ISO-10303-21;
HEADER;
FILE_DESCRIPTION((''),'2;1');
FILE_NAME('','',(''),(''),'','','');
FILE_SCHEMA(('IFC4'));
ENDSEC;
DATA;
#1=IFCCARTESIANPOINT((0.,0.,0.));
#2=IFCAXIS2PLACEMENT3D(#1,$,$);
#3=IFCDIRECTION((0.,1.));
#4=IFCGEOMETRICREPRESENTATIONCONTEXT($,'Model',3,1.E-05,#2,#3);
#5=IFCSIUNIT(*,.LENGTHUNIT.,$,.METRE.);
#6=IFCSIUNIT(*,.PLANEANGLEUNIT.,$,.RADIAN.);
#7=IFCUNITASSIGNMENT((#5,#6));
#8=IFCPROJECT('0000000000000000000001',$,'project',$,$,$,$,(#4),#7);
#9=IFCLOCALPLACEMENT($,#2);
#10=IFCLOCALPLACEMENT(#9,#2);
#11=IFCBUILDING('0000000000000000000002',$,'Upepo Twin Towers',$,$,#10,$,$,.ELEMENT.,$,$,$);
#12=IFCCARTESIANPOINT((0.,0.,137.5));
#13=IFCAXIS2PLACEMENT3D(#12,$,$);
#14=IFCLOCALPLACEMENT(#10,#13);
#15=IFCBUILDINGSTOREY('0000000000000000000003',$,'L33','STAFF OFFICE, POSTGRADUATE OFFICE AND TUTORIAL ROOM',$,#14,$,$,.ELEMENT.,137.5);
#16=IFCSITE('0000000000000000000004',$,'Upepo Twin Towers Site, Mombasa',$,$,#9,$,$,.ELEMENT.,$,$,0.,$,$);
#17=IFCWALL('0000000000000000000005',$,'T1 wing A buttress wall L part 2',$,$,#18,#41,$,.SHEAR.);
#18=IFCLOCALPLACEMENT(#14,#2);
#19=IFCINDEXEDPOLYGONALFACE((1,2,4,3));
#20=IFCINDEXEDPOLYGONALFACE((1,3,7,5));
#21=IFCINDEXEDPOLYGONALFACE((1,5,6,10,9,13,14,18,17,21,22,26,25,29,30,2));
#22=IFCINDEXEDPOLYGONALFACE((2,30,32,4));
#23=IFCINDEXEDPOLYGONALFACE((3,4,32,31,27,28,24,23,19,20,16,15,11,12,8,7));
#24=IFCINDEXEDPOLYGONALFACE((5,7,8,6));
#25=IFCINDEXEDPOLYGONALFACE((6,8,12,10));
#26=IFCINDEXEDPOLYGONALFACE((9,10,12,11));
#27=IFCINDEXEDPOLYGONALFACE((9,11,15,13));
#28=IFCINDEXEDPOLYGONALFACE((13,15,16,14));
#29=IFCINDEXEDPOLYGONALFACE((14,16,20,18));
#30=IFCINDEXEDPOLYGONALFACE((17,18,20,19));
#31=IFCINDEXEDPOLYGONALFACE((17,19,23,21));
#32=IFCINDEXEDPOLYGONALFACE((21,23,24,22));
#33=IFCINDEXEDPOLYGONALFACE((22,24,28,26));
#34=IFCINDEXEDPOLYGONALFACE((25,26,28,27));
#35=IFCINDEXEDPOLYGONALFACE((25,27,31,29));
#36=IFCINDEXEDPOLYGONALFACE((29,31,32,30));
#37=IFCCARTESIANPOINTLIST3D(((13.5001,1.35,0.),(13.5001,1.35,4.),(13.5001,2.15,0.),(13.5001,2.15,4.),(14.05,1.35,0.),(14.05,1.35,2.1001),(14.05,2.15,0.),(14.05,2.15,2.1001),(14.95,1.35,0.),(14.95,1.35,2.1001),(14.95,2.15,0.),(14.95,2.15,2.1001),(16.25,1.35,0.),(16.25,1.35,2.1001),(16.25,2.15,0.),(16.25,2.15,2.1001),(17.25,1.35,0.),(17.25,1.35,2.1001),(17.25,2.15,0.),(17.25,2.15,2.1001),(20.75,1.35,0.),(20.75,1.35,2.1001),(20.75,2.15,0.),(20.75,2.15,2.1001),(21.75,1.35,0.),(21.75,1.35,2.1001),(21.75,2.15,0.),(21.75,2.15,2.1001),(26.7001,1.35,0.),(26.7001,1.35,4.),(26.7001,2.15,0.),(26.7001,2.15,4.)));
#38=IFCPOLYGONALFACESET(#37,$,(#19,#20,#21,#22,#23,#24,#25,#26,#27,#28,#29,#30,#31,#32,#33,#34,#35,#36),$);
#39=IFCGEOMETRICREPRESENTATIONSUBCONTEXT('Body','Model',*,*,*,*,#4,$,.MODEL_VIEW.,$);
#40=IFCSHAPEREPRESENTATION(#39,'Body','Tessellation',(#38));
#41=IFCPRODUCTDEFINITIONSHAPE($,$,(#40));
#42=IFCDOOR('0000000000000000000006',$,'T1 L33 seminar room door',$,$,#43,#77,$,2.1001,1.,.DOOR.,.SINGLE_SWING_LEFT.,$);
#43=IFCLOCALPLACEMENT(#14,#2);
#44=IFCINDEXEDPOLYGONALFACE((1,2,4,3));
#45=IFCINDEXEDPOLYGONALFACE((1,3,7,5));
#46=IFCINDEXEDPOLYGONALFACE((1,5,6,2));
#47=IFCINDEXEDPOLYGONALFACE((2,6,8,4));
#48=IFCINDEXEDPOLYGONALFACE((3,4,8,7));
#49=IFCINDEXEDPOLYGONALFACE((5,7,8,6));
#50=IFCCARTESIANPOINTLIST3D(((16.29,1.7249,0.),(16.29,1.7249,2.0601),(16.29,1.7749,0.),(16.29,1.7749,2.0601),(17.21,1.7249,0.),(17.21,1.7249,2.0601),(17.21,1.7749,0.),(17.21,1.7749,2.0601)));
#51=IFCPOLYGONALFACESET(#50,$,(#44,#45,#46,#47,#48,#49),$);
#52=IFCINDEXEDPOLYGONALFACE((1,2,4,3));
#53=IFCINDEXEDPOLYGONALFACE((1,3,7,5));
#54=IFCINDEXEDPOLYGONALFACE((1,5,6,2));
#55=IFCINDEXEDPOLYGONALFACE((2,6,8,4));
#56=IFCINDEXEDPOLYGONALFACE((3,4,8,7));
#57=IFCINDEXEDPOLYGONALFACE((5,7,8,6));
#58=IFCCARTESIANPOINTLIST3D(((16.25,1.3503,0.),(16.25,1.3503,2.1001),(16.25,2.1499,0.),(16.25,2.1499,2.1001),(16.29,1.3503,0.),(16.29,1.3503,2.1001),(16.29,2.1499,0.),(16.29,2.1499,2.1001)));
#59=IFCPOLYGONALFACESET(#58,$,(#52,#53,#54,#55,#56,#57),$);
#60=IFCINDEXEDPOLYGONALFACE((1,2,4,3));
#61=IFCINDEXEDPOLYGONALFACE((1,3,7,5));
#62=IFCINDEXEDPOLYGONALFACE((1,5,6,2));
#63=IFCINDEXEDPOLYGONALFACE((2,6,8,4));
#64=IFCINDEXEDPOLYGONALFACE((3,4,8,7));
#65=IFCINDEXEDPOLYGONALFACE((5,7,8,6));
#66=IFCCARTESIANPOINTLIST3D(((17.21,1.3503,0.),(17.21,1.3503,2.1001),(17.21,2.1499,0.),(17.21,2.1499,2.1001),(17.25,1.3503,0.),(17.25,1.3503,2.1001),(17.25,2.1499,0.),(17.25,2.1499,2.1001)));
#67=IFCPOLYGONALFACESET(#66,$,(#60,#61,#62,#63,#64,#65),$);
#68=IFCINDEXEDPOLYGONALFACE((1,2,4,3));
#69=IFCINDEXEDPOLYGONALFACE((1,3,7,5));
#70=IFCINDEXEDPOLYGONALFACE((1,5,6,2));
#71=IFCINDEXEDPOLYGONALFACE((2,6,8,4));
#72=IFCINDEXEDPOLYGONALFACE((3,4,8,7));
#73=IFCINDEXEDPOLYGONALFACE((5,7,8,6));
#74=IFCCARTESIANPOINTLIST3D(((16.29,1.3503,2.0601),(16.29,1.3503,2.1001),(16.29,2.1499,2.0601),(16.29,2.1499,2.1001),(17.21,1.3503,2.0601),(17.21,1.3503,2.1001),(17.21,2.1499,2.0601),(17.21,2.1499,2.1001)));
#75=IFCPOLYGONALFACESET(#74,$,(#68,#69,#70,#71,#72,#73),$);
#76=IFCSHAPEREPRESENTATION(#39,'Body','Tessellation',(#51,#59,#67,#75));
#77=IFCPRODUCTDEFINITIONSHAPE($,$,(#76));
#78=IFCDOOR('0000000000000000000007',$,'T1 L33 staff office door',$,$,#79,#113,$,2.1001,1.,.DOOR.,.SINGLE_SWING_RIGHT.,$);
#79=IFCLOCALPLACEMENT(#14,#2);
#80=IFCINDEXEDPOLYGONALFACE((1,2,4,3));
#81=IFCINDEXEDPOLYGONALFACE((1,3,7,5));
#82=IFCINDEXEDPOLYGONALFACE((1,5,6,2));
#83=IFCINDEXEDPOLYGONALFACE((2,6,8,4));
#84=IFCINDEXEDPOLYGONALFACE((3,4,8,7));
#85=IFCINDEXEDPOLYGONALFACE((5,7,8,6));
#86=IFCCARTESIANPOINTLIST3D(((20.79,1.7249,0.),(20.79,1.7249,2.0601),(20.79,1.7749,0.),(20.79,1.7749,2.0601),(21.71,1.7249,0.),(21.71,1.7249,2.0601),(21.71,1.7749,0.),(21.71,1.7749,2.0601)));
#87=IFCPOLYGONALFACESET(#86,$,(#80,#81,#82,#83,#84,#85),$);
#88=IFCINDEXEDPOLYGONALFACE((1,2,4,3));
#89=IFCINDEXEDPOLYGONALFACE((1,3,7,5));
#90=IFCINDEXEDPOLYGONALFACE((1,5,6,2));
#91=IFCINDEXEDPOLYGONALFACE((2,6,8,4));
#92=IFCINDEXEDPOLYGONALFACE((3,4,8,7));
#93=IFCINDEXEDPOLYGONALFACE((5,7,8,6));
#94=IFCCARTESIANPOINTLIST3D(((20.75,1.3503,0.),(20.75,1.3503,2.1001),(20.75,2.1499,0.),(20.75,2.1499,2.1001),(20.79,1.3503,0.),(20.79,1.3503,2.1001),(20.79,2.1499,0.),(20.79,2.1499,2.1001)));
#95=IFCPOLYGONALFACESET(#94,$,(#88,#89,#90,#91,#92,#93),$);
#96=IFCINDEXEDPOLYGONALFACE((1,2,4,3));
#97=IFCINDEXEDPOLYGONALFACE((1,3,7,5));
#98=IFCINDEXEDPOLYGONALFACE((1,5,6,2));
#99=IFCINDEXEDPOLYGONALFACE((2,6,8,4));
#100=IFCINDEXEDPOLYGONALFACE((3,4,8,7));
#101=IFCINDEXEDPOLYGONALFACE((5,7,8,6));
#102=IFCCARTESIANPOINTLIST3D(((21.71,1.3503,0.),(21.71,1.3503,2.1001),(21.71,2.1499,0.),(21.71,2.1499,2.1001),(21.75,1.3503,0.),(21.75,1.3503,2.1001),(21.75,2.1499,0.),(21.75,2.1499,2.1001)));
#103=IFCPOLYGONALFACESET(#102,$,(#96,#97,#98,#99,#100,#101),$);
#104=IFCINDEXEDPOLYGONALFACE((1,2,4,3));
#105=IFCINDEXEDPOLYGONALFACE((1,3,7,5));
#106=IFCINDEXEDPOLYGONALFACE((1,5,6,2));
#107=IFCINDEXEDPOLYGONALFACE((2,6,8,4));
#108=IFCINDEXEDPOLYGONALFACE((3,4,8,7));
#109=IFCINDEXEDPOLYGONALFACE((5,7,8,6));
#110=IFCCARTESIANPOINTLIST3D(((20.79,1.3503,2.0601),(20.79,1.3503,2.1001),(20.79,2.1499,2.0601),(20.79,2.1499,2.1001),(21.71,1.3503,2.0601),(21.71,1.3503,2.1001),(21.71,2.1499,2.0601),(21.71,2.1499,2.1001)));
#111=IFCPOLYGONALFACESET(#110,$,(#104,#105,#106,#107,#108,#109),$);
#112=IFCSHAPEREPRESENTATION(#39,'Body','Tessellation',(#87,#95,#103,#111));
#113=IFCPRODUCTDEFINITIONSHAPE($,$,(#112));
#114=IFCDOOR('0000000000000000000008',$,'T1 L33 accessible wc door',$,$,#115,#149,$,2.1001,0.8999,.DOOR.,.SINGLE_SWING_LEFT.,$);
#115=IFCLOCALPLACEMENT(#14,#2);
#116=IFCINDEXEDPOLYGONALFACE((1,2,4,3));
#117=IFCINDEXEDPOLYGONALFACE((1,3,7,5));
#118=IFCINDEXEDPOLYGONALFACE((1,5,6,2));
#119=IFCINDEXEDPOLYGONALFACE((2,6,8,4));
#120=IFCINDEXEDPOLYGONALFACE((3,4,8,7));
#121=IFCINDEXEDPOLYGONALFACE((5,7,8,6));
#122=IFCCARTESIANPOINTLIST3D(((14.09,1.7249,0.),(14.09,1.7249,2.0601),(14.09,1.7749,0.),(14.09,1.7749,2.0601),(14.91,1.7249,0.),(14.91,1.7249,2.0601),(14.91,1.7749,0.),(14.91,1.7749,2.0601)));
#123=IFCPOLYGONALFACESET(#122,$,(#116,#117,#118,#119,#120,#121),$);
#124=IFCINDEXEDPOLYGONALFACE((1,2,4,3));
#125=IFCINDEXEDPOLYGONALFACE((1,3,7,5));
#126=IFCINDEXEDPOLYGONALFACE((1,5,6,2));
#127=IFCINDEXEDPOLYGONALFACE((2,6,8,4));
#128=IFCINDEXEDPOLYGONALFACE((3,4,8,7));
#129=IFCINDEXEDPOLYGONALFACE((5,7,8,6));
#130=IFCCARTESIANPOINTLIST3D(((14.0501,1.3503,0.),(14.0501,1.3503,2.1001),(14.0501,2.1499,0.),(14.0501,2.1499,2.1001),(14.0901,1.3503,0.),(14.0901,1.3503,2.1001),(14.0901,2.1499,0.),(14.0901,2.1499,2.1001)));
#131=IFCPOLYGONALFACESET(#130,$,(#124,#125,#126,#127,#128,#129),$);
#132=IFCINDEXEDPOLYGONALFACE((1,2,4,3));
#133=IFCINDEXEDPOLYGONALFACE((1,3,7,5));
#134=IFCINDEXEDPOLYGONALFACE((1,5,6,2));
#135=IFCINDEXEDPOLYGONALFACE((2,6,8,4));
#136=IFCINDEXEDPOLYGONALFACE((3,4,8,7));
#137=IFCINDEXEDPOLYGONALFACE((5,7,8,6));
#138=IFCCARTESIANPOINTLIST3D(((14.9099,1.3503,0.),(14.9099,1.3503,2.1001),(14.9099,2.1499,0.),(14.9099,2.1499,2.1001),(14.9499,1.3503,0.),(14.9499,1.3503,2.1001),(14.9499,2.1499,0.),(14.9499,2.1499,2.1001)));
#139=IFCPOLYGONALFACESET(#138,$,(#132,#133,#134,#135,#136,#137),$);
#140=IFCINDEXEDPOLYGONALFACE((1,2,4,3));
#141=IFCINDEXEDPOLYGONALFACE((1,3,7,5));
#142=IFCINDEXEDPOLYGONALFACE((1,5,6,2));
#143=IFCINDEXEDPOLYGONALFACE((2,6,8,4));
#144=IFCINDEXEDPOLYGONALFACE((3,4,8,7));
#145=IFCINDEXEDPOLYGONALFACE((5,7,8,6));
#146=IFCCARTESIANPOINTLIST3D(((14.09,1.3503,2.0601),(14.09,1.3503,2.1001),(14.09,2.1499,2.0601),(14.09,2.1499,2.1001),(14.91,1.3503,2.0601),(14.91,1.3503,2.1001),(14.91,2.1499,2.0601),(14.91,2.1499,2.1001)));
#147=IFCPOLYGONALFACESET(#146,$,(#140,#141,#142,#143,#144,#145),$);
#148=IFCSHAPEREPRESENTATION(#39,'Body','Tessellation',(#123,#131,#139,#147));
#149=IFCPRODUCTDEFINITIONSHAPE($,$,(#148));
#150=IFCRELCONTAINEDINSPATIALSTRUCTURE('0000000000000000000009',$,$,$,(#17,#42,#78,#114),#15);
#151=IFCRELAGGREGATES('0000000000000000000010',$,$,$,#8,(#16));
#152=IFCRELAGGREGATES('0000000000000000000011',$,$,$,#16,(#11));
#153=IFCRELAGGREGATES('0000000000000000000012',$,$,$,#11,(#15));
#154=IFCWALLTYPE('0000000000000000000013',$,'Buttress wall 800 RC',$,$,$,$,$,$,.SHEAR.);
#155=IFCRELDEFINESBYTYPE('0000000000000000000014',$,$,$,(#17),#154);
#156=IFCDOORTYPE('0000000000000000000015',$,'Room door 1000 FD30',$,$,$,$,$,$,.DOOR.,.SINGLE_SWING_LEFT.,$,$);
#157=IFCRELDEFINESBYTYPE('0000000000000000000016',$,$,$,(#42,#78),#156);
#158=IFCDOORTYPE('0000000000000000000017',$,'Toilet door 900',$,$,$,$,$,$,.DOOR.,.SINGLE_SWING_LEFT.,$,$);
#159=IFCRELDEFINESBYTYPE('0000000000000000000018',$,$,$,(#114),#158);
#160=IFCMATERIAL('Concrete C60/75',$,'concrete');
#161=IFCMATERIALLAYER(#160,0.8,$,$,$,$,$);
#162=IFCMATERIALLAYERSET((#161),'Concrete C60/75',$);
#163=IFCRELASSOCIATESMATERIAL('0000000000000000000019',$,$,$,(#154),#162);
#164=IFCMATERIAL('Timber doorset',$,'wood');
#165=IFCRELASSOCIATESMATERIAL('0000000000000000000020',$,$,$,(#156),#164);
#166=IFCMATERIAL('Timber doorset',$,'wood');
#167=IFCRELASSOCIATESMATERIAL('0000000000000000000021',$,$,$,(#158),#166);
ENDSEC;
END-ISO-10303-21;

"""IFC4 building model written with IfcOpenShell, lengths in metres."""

from ifc_helpers import new_model, si_unit, direction, frame, frame_2d, origin, place, context, subcontext, project, spatial, rectangle, extrude, material, layer, layer_set, type_object, element, fill, save


model = new_model("IFC4")

# Units and contexts
model_context = context("Model", 3, precision=1e-05, world=origin(), true_north=direction((0.0, 1.0)))
body_context = subcontext(model_context, "Body", "Model", "MODEL_VIEW")
ifc_project = project(units=[si_unit("LENGTHUNIT", "METRE"), si_unit("PLANEANGLEUNIT", "RADIAN")], contexts=[model_context])

# Site, building, storey
site_placement = place(None, origin())
site = spatial("IfcSite", under=ifc_project, at=site_placement, Name="Upepo Twin Towers Site, Mombasa", CompositionType="ELEMENT", RefElevation=0.0)
building_placement = place(site_placement, origin())
building = spatial("IfcBuilding", under=site, at=building_placement, Name="Upepo Twin Towers", CompositionType="ELEMENT")
storey_placement = place(building_placement, frame((0.0, 0.0, 137.5)))
storey = spatial("IfcBuildingStorey", under=building, at=storey_placement, Name="L33", Description="STAFF OFFICE, POSTGRADUATE OFFICE AND TUTORIAL ROOM", CompositionType="ELEMENT", Elevation=137.5)

# Wall, openings, doors
ifc_material_1 = material(Name="Concrete C60/75", Category="concrete")
ifc_layer_1 = layer(ifc_material_1, 0.8)
ifc_layer_set_1 = layer_set([ifc_layer_1], Name="Concrete C60/75")
wall_type_1 = type_object("IfcWallType", Name="Buttress wall 800 RC", PredefinedType="SHEAR", material=ifc_layer_set_1)
wall_1_placement = place(storey_placement, frame((13.5, 1.75, 0.0), z_axis=(0.0, 0.0, 1.0), x_axis=(1.0, 0.0, 0.0)))
wall_1 = element("IfcWall", 1, at=wall_1_placement, inside=storey, type_object=wall_type_1, Name="T1 wing A buttress wall L part 2", PredefinedType="SHEAR", context=body_context, shape_type="SweptSolid", body=[
    extrude(rectangle(XDim=13.2, YDim=0.8, at=frame_2d((6.6001, 0.0))), origin(), (0.0, 0.0, 1.0), 4.0),
])
opening_1_placement = place(wall_1_placement, frame((0.55, 0.0, 0.0)))
opening_1 = element("IfcOpeningElement", 2, at=opening_1_placement, cuts=wall_1, PredefinedType="OPENING", context=body_context, shape_type="SweptSolid", body=[
    extrude(rectangle(XDim=0.8999, YDim=2.1001, at=frame_2d((0.45, 1.05))), frame((0.0, 0.4099, 0.0), z_axis=(0.0, -1.0, 0.0), x_axis=(1.0, 0.0, 0.0)), (0.0, 0.0, 1.0), 0.8201),
])
opening_2_placement = place(wall_1_placement, frame((2.75, 0.0, 0.0)))
opening_2 = element("IfcOpeningElement", 3, at=opening_2_placement, cuts=wall_1, PredefinedType="OPENING", context=body_context, shape_type="SweptSolid", body=[
    extrude(rectangle(XDim=1.0, YDim=2.1001, at=frame_2d((0.5, 1.05))), frame((0.0, 0.4099, 0.0), z_axis=(0.0, -1.0, 0.0), x_axis=(1.0, 0.0, 0.0)), (0.0, 0.0, 1.0), 0.8201),
])
opening_3_placement = place(wall_1_placement, frame((7.25, 0.0, 0.0)))
opening_3 = element("IfcOpeningElement", 4, at=opening_3_placement, cuts=wall_1, PredefinedType="OPENING", context=body_context, shape_type="SweptSolid", body=[
    extrude(rectangle(XDim=1.0, YDim=2.1001, at=frame_2d((0.5, 1.05))), frame((0.0, 0.4099, 0.0), z_axis=(0.0, -1.0, 0.0), x_axis=(1.0, 0.0, 0.0)), (0.0, 0.0, 1.0), 0.8201),
])
ifc_material_2 = material(Name="Timber doorset", Category="wood")
door_type_1 = type_object("IfcDoorType", Name="Room door 1000 FD30", OperationType="SINGLE_SWING_LEFT", PredefinedType="DOOR", material=ifc_material_2)
door_1_placement = place(opening_2_placement, origin())
door_1 = element("IfcDoor", 5, at=door_1_placement, inside=storey, type_object=door_type_1, Name="T1 L33 seminar room door", OperationType="SINGLE_SWING_LEFT", OverallHeight=2.1001, OverallWidth=1.0, PredefinedType="DOOR", context=body_context, shape_type="SweptSolid", body=[
    extrude(rectangle(XDim=0.92, YDim=2.0601, at=frame_2d((0.5, 1.03))), frame((0.0, 0.0249, 0.0), z_axis=(0.0, -1.0, 0.0), x_axis=(1.0, 0.0, 0.0)), (0.0, 0.0, 1.0), 0.05),
    extrude(rectangle(XDim=0.04, YDim=2.1001, at=frame_2d((0.02, 1.05))), frame((0.0, 0.3999, 0.0), z_axis=(0.0, -1.0, 0.0), x_axis=(1.0, 0.0, 0.0)), (0.0, 0.0, 1.0), 0.7996),
    extrude(rectangle(XDim=0.04, YDim=2.1001, at=frame_2d((0.98, 1.05))), frame((0.0, 0.3999, 0.0), z_axis=(0.0, -1.0, 0.0), x_axis=(1.0, 0.0, 0.0)), (0.0, 0.0, 1.0), 0.7996),
    extrude(rectangle(XDim=0.92, YDim=0.04, at=frame_2d((0.5, 2.0801))), frame((0.0, 0.3999, 0.0), z_axis=(0.0, -1.0, 0.0), x_axis=(1.0, 0.0, 0.0)), (0.0, 0.0, 1.0), 0.7996),
])
fill(opening_2, door_1)
door_2_placement = place(opening_3_placement, origin())
door_2 = element("IfcDoor", 6, at=door_2_placement, inside=storey, type_object=door_type_1, Name="T1 L33 staff office door", OperationType="SINGLE_SWING_RIGHT", OverallHeight=2.1001, OverallWidth=1.0, PredefinedType="DOOR", context=body_context, shape_type="SweptSolid", body=[
    extrude(rectangle(XDim=0.92, YDim=2.0601, at=frame_2d((0.5, 1.03))), frame((0.0, 0.0249, 0.0), z_axis=(0.0, -1.0, 0.0), x_axis=(1.0, 0.0, 0.0)), (0.0, 0.0, 1.0), 0.05),
    extrude(rectangle(XDim=0.04, YDim=2.1001, at=frame_2d((0.02, 1.05))), frame((0.0, 0.3999, 0.0), z_axis=(0.0, -1.0, 0.0), x_axis=(1.0, 0.0, 0.0)), (0.0, 0.0, 1.0), 0.7996),
    extrude(rectangle(XDim=0.04, YDim=2.1001, at=frame_2d((0.98, 1.05))), frame((0.0, 0.3999, 0.0), z_axis=(0.0, -1.0, 0.0), x_axis=(1.0, 0.0, 0.0)), (0.0, 0.0, 1.0), 0.7996),
    extrude(rectangle(XDim=0.92, YDim=0.04, at=frame_2d((0.5, 2.0801))), frame((0.0, 0.3999, 0.0), z_axis=(0.0, -1.0, 0.0), x_axis=(1.0, 0.0, 0.0)), (0.0, 0.0, 1.0), 0.7996),
])
fill(opening_3, door_2)
ifc_material_3 = material(Name="Timber doorset", Category="wood")
door_type_2 = type_object("IfcDoorType", Name="Toilet door 900", OperationType="SINGLE_SWING_LEFT", PredefinedType="DOOR", material=ifc_material_3)
door_3_placement = place(opening_1_placement, origin())
door_3 = element("IfcDoor", 7, at=door_3_placement, inside=storey, type_object=door_type_2, Name="T1 L33 accessible wc door", OperationType="SINGLE_SWING_LEFT", OverallHeight=2.1001, OverallWidth=0.8999, PredefinedType="DOOR", context=body_context, shape_type="SweptSolid", body=[
    extrude(rectangle(XDim=0.8199, YDim=2.0601, at=frame_2d((0.45, 1.03))), frame((0.0, 0.0249, 0.0), z_axis=(0.0, -1.0, 0.0), x_axis=(1.0, 0.0, 0.0)), (0.0, 0.0, 1.0), 0.05),
    extrude(rectangle(XDim=0.04, YDim=2.1001, at=frame_2d((0.02, 1.05))), frame((0.0, 0.3999, 0.0), z_axis=(0.0, -1.0, 0.0), x_axis=(1.0, 0.0, 0.0)), (0.0, 0.0, 1.0), 0.7996),
    extrude(rectangle(XDim=0.04, YDim=2.1001, at=frame_2d((0.8799, 1.05))), frame((0.0, 0.3999, 0.0), z_axis=(0.0, -1.0, 0.0), x_axis=(1.0, 0.0, 0.0)), (0.0, 0.0, 1.0), 0.7996),
    extrude(rectangle(XDim=0.8199, YDim=0.04, at=frame_2d((0.45, 2.0801))), frame((0.0, 0.3999, 0.0), z_axis=(0.0, -1.0, 0.0), x_axis=(1.0, 0.0, 0.0)), (0.0, 0.0, 1.0), 0.7996),
])
fill(opening_1, door_3)

save(model, "model.ifc")
